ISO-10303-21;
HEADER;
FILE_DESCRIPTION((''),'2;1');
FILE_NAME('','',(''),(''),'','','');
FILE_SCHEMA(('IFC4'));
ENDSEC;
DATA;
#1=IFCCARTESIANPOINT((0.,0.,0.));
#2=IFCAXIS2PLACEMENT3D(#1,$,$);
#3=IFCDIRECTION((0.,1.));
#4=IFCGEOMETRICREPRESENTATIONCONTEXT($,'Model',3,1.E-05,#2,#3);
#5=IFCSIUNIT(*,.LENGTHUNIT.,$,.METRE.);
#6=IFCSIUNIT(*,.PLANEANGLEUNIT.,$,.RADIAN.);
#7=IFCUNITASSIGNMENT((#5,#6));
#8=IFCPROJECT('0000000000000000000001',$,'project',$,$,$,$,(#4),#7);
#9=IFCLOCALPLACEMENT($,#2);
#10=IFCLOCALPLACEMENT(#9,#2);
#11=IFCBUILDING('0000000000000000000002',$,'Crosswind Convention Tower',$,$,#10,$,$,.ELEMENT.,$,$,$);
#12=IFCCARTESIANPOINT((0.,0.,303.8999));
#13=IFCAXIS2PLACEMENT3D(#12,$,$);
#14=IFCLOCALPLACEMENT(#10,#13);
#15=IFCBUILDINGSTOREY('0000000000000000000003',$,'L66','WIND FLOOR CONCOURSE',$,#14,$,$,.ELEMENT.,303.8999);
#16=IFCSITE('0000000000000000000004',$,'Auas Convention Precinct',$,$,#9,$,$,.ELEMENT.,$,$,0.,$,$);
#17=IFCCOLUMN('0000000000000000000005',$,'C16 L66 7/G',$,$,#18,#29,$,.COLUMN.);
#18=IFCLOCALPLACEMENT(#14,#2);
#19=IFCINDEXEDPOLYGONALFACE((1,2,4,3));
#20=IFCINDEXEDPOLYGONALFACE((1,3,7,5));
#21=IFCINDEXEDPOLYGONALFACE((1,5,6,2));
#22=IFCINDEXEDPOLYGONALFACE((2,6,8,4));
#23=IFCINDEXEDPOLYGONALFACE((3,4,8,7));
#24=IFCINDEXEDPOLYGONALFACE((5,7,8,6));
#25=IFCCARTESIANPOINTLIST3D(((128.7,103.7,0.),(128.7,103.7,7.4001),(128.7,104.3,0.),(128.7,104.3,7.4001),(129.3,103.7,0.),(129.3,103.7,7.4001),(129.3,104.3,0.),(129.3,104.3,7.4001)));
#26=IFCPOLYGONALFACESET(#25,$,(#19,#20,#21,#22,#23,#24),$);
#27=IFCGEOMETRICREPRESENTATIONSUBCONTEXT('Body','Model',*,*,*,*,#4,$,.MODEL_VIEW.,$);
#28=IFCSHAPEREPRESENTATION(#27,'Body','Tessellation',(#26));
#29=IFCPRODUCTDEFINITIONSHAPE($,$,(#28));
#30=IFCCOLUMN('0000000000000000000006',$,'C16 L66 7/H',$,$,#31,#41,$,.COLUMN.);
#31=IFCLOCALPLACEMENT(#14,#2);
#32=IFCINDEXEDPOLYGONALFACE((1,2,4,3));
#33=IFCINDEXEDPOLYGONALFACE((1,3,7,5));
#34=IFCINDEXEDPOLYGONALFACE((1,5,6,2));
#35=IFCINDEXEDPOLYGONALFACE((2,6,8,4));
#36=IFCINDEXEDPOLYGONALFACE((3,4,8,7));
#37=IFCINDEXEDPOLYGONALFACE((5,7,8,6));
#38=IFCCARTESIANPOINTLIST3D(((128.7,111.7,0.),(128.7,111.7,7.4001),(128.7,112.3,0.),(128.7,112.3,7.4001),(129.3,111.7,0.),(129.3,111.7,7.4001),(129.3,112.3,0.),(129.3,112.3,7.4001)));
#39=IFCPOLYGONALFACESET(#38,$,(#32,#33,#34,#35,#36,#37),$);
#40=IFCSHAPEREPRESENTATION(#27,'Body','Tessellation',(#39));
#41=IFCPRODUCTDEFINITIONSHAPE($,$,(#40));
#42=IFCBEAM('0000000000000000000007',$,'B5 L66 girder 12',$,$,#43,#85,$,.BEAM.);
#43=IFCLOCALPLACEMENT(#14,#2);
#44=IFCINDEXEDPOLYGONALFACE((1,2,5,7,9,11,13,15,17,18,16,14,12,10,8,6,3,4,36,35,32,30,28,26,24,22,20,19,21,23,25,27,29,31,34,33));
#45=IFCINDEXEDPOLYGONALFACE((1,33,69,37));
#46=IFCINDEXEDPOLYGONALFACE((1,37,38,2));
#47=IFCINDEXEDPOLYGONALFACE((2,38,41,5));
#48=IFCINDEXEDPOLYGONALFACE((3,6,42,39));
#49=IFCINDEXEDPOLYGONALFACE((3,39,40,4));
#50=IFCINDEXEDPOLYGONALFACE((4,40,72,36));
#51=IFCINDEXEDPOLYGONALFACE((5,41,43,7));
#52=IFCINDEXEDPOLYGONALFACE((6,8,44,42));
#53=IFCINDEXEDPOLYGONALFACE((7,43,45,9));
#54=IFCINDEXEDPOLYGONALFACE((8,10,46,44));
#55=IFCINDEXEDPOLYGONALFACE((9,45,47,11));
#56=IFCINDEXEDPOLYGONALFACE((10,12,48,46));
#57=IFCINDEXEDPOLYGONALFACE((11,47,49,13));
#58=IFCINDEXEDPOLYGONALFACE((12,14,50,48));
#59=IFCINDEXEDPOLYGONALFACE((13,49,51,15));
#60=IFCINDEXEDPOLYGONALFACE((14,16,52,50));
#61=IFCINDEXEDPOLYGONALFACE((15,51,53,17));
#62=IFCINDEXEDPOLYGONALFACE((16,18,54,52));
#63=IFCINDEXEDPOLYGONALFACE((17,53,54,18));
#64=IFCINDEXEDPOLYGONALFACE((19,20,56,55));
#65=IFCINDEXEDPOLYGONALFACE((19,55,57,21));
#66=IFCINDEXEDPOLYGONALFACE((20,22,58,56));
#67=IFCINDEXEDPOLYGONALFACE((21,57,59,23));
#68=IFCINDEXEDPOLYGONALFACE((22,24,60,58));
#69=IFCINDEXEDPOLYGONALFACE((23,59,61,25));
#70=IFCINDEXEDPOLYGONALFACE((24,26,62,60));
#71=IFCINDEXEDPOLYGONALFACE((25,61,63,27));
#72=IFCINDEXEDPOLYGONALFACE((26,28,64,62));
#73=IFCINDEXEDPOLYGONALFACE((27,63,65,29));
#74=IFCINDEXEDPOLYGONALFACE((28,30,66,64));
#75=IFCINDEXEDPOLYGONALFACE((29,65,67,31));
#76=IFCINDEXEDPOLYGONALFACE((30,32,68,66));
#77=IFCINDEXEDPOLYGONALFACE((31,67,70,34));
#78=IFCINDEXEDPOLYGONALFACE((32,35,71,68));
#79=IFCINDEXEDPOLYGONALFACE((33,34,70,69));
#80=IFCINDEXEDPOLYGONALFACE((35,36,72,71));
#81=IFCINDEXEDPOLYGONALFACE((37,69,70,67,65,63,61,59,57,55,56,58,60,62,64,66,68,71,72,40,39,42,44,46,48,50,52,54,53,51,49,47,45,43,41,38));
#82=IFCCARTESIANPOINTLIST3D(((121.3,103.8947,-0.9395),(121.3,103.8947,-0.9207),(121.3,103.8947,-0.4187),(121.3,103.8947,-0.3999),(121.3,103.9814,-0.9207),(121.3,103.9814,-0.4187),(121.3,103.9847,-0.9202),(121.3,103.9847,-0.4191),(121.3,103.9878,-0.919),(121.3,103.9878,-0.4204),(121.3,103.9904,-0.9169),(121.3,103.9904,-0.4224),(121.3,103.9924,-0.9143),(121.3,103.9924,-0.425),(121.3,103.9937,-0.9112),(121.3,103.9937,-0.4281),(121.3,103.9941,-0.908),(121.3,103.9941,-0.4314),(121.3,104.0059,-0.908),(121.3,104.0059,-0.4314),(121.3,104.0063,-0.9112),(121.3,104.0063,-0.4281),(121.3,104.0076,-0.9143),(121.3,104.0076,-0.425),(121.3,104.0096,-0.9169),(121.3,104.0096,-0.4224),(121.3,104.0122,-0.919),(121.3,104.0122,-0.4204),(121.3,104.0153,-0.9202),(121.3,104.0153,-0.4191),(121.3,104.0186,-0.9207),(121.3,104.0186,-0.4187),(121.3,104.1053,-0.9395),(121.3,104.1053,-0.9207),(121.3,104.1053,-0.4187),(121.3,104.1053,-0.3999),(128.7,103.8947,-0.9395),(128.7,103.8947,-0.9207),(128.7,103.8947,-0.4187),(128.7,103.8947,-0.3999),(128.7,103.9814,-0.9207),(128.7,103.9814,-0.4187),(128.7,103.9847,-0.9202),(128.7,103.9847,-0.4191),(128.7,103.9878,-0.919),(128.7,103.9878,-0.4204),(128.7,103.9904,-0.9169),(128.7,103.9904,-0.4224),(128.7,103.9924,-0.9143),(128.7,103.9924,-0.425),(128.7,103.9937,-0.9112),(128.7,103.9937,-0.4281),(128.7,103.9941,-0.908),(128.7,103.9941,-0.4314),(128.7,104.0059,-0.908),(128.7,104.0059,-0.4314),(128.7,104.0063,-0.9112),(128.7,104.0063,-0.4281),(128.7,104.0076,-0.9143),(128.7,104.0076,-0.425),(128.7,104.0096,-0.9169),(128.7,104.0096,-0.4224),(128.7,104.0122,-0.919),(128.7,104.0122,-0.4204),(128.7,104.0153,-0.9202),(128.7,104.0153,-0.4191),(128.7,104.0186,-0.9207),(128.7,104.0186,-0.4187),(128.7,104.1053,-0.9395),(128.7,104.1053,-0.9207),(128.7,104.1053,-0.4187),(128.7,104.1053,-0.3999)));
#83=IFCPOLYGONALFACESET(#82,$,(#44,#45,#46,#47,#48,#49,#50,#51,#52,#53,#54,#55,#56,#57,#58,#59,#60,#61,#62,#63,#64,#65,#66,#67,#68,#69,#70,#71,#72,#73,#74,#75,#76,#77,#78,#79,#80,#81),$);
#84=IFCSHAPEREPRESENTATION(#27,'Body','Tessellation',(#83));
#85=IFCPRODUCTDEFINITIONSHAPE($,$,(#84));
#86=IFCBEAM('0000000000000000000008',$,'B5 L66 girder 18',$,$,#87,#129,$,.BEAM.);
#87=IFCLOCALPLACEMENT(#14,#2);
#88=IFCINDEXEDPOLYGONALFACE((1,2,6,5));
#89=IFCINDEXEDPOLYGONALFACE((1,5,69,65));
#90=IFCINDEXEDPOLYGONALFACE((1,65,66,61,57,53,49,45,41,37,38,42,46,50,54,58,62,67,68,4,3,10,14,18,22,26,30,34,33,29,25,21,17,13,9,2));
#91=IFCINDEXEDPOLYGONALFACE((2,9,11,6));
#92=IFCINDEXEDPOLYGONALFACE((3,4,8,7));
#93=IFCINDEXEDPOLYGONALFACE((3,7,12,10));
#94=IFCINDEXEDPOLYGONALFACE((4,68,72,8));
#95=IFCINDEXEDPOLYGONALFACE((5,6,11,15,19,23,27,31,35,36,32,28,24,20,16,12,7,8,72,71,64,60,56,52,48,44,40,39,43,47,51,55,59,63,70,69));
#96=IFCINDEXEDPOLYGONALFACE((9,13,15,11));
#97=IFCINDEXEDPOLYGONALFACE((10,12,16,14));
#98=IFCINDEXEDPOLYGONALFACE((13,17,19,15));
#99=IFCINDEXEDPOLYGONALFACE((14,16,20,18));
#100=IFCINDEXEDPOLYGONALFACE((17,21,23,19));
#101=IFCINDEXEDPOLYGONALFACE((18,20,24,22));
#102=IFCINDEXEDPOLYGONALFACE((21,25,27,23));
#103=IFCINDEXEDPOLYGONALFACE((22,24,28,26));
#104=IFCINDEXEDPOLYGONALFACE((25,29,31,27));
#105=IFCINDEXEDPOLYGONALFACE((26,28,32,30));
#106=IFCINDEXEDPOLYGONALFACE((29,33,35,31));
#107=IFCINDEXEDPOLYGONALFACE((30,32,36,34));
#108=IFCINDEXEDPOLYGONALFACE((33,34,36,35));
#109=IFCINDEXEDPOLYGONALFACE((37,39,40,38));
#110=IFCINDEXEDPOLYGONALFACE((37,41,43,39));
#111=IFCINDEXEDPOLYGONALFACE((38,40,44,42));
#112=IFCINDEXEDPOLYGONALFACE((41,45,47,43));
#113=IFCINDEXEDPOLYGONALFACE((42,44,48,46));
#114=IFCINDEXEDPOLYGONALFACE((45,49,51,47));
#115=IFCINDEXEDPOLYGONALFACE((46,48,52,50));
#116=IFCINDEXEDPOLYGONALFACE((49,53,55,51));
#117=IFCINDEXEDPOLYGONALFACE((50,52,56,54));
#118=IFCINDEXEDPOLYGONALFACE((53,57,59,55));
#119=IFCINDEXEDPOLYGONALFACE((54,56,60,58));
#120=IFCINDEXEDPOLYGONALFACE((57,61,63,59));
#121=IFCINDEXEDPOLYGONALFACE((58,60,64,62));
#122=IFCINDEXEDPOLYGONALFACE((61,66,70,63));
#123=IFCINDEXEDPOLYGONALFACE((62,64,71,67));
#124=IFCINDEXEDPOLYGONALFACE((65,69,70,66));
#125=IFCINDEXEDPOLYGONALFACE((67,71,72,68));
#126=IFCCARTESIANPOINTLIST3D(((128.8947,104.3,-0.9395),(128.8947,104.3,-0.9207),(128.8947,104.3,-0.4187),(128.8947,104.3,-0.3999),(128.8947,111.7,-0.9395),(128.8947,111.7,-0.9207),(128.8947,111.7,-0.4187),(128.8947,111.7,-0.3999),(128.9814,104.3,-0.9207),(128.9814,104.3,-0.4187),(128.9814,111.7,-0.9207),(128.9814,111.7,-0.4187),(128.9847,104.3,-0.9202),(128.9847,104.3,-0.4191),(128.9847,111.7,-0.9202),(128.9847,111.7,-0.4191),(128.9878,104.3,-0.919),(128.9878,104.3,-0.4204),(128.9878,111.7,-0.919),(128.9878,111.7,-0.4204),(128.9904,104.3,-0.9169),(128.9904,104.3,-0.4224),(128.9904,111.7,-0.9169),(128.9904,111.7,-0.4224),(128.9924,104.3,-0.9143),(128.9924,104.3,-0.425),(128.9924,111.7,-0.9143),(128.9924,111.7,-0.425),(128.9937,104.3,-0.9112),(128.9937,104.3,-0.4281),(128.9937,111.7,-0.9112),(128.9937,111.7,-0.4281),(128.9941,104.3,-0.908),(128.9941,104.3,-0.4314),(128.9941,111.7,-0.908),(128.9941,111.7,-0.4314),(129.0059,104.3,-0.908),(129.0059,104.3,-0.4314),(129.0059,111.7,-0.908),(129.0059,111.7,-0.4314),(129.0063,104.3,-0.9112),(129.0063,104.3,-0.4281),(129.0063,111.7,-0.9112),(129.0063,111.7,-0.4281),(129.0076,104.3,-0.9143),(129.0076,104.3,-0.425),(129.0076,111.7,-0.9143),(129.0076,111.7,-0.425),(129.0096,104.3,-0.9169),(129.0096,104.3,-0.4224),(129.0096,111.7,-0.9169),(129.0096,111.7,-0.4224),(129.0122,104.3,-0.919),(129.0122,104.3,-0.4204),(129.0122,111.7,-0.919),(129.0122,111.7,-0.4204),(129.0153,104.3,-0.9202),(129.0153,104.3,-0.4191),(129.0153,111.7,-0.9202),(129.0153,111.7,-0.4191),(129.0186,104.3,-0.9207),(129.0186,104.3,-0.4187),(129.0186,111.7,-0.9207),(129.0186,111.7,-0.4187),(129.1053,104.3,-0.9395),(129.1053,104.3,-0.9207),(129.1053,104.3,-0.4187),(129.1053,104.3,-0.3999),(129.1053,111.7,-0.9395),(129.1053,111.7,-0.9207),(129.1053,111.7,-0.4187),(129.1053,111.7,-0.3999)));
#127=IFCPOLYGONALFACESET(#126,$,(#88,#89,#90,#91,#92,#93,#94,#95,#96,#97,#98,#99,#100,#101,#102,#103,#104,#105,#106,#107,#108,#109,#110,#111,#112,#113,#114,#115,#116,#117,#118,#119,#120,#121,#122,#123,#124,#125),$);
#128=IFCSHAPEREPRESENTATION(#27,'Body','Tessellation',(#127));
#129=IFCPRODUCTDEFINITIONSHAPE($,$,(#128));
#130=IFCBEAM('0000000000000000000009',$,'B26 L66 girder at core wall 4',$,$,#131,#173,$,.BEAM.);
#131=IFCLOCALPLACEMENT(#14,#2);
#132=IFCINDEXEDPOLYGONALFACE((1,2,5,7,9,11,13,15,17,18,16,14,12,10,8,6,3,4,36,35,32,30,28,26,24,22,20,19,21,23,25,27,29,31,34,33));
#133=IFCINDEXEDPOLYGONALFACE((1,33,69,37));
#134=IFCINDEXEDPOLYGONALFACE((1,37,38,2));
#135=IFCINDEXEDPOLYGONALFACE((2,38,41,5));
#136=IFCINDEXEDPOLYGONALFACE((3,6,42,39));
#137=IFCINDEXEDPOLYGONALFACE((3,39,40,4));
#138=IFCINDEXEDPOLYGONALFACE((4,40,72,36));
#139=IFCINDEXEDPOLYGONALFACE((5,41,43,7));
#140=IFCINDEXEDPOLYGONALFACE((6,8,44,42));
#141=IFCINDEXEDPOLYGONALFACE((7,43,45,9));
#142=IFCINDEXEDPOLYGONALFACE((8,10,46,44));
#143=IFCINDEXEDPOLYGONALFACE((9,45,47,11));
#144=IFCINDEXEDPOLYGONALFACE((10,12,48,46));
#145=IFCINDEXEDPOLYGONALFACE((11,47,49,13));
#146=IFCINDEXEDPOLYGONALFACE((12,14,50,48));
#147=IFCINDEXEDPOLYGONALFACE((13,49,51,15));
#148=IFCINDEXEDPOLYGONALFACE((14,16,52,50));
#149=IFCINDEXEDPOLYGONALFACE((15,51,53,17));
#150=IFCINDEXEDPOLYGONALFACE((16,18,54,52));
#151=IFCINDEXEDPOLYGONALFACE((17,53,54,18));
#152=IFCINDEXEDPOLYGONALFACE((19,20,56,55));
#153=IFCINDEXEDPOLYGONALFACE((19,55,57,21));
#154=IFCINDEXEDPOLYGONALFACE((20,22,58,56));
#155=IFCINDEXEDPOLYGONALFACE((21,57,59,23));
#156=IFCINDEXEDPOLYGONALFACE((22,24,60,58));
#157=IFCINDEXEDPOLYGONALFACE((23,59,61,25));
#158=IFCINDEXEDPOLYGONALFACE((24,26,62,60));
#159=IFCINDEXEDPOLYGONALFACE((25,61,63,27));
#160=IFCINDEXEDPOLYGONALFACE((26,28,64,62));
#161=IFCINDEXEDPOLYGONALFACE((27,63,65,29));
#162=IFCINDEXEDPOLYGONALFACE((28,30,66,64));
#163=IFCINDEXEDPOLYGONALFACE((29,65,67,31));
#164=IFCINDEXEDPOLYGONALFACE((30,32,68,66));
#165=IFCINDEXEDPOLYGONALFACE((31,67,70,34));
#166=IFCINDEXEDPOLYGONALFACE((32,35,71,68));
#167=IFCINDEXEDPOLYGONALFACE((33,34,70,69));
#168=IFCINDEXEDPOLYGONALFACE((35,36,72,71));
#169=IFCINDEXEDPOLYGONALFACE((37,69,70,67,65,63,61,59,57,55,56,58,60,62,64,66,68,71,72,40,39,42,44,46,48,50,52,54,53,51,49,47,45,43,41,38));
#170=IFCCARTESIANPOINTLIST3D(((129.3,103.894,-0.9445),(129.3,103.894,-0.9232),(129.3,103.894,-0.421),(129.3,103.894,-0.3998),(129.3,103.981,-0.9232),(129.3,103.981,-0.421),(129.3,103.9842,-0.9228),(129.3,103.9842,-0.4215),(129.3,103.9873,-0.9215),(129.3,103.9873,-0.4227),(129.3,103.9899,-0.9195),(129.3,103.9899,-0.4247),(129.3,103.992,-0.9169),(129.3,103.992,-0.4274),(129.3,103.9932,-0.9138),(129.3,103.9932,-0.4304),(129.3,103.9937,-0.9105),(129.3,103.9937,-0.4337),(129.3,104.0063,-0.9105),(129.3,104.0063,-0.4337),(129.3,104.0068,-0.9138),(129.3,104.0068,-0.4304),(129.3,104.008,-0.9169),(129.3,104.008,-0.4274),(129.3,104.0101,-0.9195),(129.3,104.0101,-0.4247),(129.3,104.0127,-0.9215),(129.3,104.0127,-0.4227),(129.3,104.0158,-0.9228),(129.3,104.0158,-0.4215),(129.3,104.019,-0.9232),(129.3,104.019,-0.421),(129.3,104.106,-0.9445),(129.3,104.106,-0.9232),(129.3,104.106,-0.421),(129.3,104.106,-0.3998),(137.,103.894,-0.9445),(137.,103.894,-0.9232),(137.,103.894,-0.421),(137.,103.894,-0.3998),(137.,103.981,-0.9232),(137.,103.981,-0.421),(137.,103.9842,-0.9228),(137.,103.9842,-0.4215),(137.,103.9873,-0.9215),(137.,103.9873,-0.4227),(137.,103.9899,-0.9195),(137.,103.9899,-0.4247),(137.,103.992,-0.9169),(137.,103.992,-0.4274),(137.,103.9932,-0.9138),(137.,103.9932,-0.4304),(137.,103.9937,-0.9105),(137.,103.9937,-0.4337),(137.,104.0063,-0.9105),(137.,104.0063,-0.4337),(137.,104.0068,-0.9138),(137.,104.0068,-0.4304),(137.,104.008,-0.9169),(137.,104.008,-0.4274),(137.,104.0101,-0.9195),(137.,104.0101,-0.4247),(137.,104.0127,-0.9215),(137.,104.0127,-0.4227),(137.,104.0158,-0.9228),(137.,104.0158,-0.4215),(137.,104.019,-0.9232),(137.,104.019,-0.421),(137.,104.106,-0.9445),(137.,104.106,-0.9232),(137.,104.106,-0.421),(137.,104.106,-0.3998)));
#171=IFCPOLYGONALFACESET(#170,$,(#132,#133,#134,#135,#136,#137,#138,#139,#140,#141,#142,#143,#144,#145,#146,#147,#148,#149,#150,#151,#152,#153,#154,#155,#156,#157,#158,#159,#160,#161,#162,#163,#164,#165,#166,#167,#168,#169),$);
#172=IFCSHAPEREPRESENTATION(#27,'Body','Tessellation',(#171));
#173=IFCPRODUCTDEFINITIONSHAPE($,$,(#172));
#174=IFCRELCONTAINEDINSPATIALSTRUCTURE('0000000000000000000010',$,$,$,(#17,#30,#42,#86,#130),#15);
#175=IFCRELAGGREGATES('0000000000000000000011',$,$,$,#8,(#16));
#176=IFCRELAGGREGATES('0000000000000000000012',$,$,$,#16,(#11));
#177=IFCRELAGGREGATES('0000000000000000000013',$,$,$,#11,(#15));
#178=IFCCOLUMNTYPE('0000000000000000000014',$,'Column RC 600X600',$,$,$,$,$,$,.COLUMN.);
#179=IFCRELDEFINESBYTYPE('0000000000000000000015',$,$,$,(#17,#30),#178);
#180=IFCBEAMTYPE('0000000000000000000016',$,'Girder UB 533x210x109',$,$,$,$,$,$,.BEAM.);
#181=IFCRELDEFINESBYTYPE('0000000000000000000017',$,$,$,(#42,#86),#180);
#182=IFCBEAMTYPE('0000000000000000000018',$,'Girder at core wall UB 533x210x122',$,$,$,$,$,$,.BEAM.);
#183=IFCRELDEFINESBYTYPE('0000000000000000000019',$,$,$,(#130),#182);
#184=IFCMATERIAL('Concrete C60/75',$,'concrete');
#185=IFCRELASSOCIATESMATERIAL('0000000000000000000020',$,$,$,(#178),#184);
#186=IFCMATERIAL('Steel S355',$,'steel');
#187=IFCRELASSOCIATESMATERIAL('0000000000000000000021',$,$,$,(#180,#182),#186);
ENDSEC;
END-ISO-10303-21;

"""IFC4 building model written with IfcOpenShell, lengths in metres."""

from ifc_helpers import new_model, si_unit, direction, frame, origin, origin_2d, place, context, subcontext, project, spatial, rectangle, i_section, extrude, material, material_profile, profile_set, type_object, element, save


model = new_model("IFC4")

# Units and contexts
model_context = context("Model", 3, precision=1e-05, world=origin(), true_north=direction((0.0, 1.0)))
body_context = subcontext(model_context, "Body", "Model", "MODEL_VIEW")
ifc_project = project(units=[si_unit("LENGTHUNIT", "METRE"), si_unit("PLANEANGLEUNIT", "RADIAN")], contexts=[model_context])

# Site, building, storey
site_placement = place(None, origin())
site = spatial("IfcSite", under=ifc_project, at=site_placement, Name="Auas Convention Precinct", CompositionType="ELEMENT", RefElevation=0.0)
building_placement = place(site_placement, origin())
building = spatial("IfcBuilding", under=site, at=building_placement, Name="Crosswind Convention Tower", CompositionType="ELEMENT")
storey_placement = place(building_placement, frame((0.0, 0.0, 303.8999)))
storey = spatial("IfcBuildingStorey", under=building, at=storey_placement, Name="L66", Description="WIND FLOOR CONCOURSE", CompositionType="ELEMENT", Elevation=303.8999)

# Columns
ifc_material_1 = material(Name="Concrete C60/75", Category="concrete")
ifc_material_profile_1 = material_profile(ifc_material_1, rectangle(XDim=0.6001, YDim=0.6001, at=origin_2d()), Name="RC 600X600")
ifc_profile_set_1 = profile_set([ifc_material_profile_1], Name="Concrete C60/75")
column_type = type_object("IfcColumnType", Name="Column RC 600X600", PredefinedType="COLUMN", material=ifc_profile_set_1)
for number, where, z_axis, x_axis, name in (
    (1, (129.0, 104.0, 0.0), (0.0, 0.0, 1.0), (1.0, 0.0, 0.0), "C16 L66 7/G"),
    (2, (129.0, 112.0, 0.0), (0.0, 0.0, 1.0), (1.0, 0.0, 0.0), "C16 L66 7/H"),
):
    element("IfcColumn", number, at=place(storey_placement, frame(where, z_axis=z_axis, x_axis=x_axis)), inside=storey, type_object=column_type, Name=name, PredefinedType="COLUMN", context=body_context, shape_type="SweptSolid", body=[
        extrude(rectangle(XDim=0.6001, YDim=0.6001, at=origin_2d()), origin(), (0.0, 0.0, 1.0), 7.4001),
    ])

# Beams
ifc_material_2 = material(Name="Steel S355", Category="steel")
ifc_material_profile_2 = material_profile(ifc_material_2, i_section(OverallWidth=0.2107, OverallDepth=0.5396, WebThickness=0.0117, FlangeThickness=0.0188, FilletRadius=0.0127, at=origin_2d()), Name="UB 533x210x109")
ifc_profile_set_2 = profile_set([ifc_material_profile_2], Name="Steel S355")
beam_type_1 = type_object("IfcBeamType", Name="Girder UB 533x210x109", PredefinedType="BEAM", material=ifc_profile_set_2)
for number, where, z_axis, x_axis, name in (
    (3, (121.3, 104.0, -0.6697), (1.0, 0.0, 0.0), (0.0, 1.0, 0.0), "B5 L66 girder 12"),
    (4, (129.0, 104.3, -0.6697), (0.0, 1.0, 0.0), (-1.0, 0.0, 0.0), "B5 L66 girder 18"),
):
    element("IfcBeam", number, at=place(storey_placement, frame(where, z_axis=z_axis, x_axis=x_axis)), inside=storey, type_object=beam_type_1, Name=name, PredefinedType="BEAM", context=body_context, shape_type="SweptSolid", body=[
        extrude(i_section(OverallWidth=0.2107, OverallDepth=0.5396, WebThickness=0.0117, FlangeThickness=0.0188, FilletRadius=0.0127, at=origin_2d()), origin(), (0.0, 0.0, 1.0), 7.3999),
    ])
ifc_material_profile_3 = material_profile(ifc_material_2, i_section(OverallWidth=0.2119, OverallDepth=0.5447, WebThickness=0.0127, FlangeThickness=0.0212, FilletRadius=0.0127, at=origin_2d()), Name="UB 533x210x122")
ifc_profile_set_3 = profile_set([ifc_material_profile_3], Name="Steel S355")
beam_type_2 = type_object("IfcBeamType", Name="Girder at core wall UB 533x210x122", PredefinedType="BEAM", material=ifc_profile_set_3)
beam_placement = place(storey_placement, frame((129.3, 104.0, -0.6721), z_axis=(1.0, 0.0, 0.0), x_axis=(0.0, 1.0, 0.0)))
element("IfcBeam", 5, at=beam_placement, inside=storey, type_object=beam_type_2, Name="B26 L66 girder at core wall 4", PredefinedType="BEAM", context=body_context, shape_type="SweptSolid", body=[
    extrude(i_section(OverallWidth=0.2119, OverallDepth=0.5447, WebThickness=0.0127, FlangeThickness=0.0212, FilletRadius=0.0127, at=origin_2d()), origin(), (0.0, 0.0, 1.0), 7.7),
])

save(model, "model.ifc")
